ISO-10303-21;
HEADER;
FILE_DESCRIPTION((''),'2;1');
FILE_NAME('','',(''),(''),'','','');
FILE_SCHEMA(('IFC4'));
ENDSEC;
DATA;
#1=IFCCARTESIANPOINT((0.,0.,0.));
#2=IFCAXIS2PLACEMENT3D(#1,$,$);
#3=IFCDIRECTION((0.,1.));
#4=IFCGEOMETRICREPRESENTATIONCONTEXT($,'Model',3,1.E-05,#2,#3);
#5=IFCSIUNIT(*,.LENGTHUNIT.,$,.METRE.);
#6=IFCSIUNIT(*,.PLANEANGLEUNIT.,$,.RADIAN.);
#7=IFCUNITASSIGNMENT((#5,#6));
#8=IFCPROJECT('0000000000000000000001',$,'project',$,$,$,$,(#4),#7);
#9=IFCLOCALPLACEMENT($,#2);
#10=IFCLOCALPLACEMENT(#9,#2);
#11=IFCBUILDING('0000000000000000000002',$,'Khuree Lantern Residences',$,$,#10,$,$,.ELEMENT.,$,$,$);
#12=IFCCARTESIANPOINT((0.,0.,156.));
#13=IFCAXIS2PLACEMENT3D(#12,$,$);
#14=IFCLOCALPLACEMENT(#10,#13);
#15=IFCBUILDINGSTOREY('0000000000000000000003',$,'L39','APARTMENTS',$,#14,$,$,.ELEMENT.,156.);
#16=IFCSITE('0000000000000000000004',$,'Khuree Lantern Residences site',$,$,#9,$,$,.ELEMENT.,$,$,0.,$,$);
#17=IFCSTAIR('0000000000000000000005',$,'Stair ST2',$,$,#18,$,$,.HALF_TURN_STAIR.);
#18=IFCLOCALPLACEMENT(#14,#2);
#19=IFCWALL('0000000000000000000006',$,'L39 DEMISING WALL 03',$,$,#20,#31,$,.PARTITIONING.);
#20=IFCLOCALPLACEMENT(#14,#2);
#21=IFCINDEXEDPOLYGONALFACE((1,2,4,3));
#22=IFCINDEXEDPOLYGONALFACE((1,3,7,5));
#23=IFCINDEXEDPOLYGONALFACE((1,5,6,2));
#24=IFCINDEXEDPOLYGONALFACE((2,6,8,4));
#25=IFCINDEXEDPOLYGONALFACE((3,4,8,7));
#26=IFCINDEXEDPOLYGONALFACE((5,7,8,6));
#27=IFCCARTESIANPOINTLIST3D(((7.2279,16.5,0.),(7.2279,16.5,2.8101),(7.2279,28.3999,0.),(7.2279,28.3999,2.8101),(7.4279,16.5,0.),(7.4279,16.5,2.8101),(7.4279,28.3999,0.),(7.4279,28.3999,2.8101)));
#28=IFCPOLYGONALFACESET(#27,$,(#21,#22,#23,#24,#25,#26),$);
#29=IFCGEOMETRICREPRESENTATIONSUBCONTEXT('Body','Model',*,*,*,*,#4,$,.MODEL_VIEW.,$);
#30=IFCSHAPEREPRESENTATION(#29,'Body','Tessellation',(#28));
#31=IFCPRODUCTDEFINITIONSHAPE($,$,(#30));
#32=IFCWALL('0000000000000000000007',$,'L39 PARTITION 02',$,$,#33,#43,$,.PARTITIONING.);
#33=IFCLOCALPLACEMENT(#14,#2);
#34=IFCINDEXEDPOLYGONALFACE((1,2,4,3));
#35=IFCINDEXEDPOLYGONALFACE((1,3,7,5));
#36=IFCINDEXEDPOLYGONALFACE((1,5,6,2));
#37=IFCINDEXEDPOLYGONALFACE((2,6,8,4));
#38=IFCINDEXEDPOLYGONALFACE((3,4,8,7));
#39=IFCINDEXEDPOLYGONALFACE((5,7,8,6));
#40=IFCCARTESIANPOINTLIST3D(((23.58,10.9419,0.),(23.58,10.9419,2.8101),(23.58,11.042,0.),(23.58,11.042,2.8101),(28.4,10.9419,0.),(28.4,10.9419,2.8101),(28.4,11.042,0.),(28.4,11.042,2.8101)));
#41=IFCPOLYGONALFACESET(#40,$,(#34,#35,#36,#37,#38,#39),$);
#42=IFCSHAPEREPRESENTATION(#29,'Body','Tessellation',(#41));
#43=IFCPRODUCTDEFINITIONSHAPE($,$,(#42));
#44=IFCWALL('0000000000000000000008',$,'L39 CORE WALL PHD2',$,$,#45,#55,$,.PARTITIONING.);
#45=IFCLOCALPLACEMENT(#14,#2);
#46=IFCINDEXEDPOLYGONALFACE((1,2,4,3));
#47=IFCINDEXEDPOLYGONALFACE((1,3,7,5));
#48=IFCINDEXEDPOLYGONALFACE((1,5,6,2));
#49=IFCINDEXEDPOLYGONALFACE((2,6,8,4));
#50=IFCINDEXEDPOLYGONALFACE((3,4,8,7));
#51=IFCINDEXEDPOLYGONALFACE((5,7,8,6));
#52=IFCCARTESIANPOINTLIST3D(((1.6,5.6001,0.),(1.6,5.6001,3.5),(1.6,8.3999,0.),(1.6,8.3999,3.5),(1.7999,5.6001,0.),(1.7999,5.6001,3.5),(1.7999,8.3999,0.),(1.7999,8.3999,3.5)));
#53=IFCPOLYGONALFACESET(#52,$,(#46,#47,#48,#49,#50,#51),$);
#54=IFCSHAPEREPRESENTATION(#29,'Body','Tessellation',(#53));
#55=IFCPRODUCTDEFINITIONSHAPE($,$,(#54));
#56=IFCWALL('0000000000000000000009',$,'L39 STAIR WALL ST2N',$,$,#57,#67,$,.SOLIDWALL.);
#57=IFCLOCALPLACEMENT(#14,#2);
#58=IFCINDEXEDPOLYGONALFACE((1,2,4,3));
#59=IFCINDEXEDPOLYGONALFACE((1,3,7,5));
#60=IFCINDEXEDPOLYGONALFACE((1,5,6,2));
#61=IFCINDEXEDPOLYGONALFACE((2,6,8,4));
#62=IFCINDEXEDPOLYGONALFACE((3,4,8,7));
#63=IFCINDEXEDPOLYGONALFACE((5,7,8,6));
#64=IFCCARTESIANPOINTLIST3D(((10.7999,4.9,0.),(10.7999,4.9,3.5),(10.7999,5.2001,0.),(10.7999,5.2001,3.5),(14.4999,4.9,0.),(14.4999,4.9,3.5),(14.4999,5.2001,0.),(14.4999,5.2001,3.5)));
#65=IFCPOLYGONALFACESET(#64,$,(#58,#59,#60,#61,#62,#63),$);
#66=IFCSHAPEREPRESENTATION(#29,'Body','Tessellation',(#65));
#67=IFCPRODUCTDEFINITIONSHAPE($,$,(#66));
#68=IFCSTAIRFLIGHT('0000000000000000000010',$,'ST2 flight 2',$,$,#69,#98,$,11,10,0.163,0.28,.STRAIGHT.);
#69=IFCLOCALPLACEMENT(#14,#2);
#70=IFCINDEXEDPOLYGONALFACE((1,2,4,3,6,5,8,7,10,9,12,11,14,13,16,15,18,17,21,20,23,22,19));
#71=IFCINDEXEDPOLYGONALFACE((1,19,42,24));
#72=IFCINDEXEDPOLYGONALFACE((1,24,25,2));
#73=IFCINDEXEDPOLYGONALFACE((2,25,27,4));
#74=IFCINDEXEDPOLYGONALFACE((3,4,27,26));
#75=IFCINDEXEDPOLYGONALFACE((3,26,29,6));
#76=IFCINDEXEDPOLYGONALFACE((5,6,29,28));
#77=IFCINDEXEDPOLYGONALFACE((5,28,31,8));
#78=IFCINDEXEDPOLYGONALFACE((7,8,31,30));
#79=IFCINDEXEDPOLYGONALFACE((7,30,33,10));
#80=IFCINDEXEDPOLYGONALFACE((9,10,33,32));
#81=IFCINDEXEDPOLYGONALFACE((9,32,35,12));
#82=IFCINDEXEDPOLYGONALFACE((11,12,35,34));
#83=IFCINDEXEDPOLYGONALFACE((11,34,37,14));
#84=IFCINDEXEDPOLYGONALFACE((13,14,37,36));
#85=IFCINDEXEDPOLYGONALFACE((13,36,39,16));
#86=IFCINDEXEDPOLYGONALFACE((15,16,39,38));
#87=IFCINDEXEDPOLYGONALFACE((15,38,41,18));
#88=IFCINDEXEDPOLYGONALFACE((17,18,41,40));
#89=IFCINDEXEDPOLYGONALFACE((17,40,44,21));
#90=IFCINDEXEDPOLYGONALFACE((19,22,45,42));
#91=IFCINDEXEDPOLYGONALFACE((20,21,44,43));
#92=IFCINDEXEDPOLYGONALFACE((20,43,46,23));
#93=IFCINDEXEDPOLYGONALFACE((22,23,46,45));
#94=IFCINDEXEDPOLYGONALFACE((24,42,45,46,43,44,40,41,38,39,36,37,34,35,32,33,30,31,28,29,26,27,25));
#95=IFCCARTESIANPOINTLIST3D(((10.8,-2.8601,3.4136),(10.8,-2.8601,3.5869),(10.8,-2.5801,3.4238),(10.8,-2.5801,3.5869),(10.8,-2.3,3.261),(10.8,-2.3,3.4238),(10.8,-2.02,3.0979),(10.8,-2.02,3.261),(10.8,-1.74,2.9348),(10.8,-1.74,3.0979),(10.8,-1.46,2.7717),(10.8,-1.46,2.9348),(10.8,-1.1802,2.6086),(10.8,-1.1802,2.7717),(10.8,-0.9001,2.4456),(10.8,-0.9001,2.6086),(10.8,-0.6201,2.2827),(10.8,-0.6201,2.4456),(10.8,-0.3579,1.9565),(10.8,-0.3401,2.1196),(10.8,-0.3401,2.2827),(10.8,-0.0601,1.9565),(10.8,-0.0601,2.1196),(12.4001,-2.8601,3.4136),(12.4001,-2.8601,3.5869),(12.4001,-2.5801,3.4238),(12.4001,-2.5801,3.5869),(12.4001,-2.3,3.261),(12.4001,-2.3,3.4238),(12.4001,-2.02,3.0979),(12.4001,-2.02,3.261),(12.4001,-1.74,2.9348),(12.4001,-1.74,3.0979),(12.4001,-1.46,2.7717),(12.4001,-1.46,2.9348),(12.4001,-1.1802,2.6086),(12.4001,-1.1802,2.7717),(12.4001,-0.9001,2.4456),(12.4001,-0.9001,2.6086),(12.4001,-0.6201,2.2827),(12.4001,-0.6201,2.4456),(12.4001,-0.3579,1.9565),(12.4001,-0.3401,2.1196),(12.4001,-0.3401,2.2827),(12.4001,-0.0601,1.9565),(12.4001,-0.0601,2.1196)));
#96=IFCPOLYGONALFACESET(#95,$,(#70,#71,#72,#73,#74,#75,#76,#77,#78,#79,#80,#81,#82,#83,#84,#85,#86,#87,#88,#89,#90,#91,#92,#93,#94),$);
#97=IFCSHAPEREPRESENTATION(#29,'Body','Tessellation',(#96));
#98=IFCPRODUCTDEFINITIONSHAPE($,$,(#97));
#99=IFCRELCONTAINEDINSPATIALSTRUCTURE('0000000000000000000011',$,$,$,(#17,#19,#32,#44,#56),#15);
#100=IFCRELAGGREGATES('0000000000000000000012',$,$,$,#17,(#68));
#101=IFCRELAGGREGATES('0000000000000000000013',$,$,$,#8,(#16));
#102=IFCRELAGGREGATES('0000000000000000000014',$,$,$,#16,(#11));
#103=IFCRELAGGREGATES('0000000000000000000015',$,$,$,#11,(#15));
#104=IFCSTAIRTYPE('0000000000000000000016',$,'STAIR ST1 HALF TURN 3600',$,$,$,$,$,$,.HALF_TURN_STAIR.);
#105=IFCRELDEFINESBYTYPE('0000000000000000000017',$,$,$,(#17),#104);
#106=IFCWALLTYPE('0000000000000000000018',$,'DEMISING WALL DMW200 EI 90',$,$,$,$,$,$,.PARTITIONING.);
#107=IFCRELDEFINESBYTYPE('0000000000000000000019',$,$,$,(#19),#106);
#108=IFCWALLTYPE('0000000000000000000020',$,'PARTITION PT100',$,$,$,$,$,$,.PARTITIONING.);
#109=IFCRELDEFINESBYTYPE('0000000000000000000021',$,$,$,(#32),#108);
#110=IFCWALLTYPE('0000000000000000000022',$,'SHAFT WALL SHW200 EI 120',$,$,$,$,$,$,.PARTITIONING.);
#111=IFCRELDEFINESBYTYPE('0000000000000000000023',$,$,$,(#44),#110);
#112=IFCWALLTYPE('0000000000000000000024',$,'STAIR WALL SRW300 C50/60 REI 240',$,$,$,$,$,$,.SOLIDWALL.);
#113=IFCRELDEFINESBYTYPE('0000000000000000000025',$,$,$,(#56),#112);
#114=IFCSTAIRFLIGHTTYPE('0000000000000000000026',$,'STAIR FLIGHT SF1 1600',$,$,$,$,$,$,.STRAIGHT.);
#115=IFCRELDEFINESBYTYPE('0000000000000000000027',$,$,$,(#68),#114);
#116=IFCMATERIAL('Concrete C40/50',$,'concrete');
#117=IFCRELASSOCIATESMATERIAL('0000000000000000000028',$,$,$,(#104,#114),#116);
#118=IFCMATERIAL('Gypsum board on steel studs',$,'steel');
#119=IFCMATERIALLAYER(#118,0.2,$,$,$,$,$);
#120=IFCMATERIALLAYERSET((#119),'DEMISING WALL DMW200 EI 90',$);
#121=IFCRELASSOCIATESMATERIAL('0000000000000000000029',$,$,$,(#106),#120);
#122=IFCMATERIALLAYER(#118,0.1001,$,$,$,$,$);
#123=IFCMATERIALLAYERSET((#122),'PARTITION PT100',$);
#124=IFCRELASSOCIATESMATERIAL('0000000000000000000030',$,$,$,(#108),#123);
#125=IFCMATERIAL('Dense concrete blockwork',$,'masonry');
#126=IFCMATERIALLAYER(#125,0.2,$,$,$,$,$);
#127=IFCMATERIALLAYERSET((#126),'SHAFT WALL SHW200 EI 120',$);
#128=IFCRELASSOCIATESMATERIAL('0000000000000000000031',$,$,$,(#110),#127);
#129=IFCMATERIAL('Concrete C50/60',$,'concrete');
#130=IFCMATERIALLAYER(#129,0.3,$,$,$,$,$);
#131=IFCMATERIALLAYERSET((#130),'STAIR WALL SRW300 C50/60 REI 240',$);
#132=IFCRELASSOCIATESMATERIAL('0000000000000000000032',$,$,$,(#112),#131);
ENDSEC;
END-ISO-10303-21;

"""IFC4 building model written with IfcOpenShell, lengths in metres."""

from ifc_helpers import new_model, si_unit, direction, frame, frame_2d, origin, place, context, subcontext, project, spatial, polyline, rectangle, outline, extrude, material, layer, layer_set, type_object, element, aggregate, save


model = new_model("IFC4")

# Units and contexts
model_context = context("Model", 3, precision=1e-05, world=origin(), true_north=direction((0.0, 1.0)))
body_context = subcontext(model_context, "Body", "Model", "MODEL_VIEW")
ifc_project = project(units=[si_unit("LENGTHUNIT", "METRE"), si_unit("PLANEANGLEUNIT", "RADIAN")], contexts=[model_context])

# Site, building, storey
site_placement = place(None, origin())
site = spatial("IfcSite", under=ifc_project, at=site_placement, Name="Khuree Lantern Residences site", CompositionType="ELEMENT", RefElevation=0.0)
building_placement = place(site_placement, origin())
building = spatial("IfcBuilding", under=site, at=building_placement, Name="Khuree Lantern Residences", CompositionType="ELEMENT")
storey_placement = place(building_placement, frame((0.0, 0.0, 156.0)))
storey = spatial("IfcBuildingStorey", under=building, at=storey_placement, Name="L39", Description="APARTMENTS", CompositionType="ELEMENT", Elevation=156.0)

# Stair
ifc_material_1 = material(Name="Concrete C40/50", Category="concrete")
stair_type = type_object("IfcStairType", Name="STAIR ST1 HALF TURN 3600", PredefinedType="HALF_TURN_STAIR", material=ifc_material_1)
stair_1_placement = place(storey_placement, origin())
stair_1 = element("IfcStair", 1, at=stair_1_placement, inside=storey, type_object=stair_type, Name="Stair ST2", PredefinedType="HALF_TURN_STAIR")

# Shared definitions
ifc_material_2 = material(Name="Dense concrete blockwork", Category="masonry")

# Shared definitions
ifc_material_3 = material(Name="Gypsum board on steel studs", Category="steel")

# Walls
ifc_layer_1 = layer(ifc_material_3, 0.2)
ifc_layer_set_1 = layer_set([ifc_layer_1], Name="DEMISING WALL DMW200 EI 90")
wall_type_1 = type_object("IfcWallType", Name="DEMISING WALL DMW200 EI 90", PredefinedType="PARTITIONING", material=ifc_layer_set_1)
wall_1_placement = place(storey_placement, frame((7.3279, 16.5, 0.0), z_axis=(0.0, 0.0, 1.0), x_axis=(0.0, 1.0, 0.0)))
element("IfcWall", 2, at=wall_1_placement, inside=storey, type_object=wall_type_1, Name="L39 DEMISING WALL 03", PredefinedType="PARTITIONING", context=body_context, shape_type="SweptSolid", body=[
    extrude(rectangle(XDim=11.8999, YDim=0.2, at=frame_2d((5.95, 0.0))), origin(), (0.0, 0.0, 1.0), 2.8101),
])
ifc_layer_2 = layer(ifc_material_3, 0.1001)
ifc_layer_set_2 = layer_set([ifc_layer_2], Name="PARTITION PT100")
wall_type_2 = type_object("IfcWallType", Name="PARTITION PT100", PredefinedType="PARTITIONING", material=ifc_layer_set_2)
wall_2_placement = place(storey_placement, frame((23.5798, 10.9919, 0.0), z_axis=(0.0, 0.0, 1.0), x_axis=(1.0, 0.0, 0.0)))
element("IfcWall", 3, at=wall_2_placement, inside=storey, type_object=wall_type_2, Name="L39 PARTITION 02", PredefinedType="PARTITIONING", context=body_context, shape_type="SweptSolid", body=[
    extrude(rectangle(XDim=4.8201, YDim=0.1001, at=frame_2d((2.4102, 0.0))), origin(), (0.0, 0.0, 1.0), 2.8101),
])
ifc_layer_3 = layer(ifc_material_2, 0.2)
ifc_layer_set_3 = layer_set([ifc_layer_3], Name="SHAFT WALL SHW200 EI 120")
wall_type_3 = type_object("IfcWallType", Name="SHAFT WALL SHW200 EI 120", PredefinedType="PARTITIONING", material=ifc_layer_set_3)
wall_3_placement = place(storey_placement, frame((1.7, 5.6001, 0.0), z_axis=(0.0, 0.0, 1.0), x_axis=(0.0, 1.0, 0.0)))
element("IfcWall", 4, at=wall_3_placement, inside=storey, type_object=wall_type_3, Name="L39 CORE WALL PHD2", PredefinedType="PARTITIONING", context=body_context, shape_type="SweptSolid", body=[
    extrude(rectangle(XDim=2.7998, YDim=0.2, at=frame_2d((1.3999, 0.0))), origin(), (0.0, 0.0, 1.0), 3.5),
])
ifc_material_4 = material(Name="Concrete C50/60", Category="concrete")
ifc_layer_4 = layer(ifc_material_4, 0.3)
ifc_layer_set_4 = layer_set([ifc_layer_4], Name="STAIR WALL SRW300 C50/60 REI 240")
wall_type_4 = type_object("IfcWallType", Name="STAIR WALL SRW300 C50/60 REI 240", PredefinedType="SOLIDWALL", material=ifc_layer_set_4)
wall_4_placement = place(storey_placement, frame((14.5, 5.05, 0.0), z_axis=(0.0, 0.0, 1.0), x_axis=(-1.0, 0.0, 0.0)))
element("IfcWall", 5, at=wall_4_placement, inside=storey, type_object=wall_type_4, Name="L39 STAIR WALL ST2N", PredefinedType="SOLIDWALL", context=body_context, shape_type="SweptSolid", body=[
    extrude(rectangle(XDim=3.7, YDim=0.3, at=frame_2d((1.8501, 0.0))), origin(), (0.0, 0.0, 1.0), 3.5),
])

# Stair flight
stair_flight_type = type_object("IfcStairFlightType", Name="STAIR FLIGHT SF1 1600", PredefinedType="STRAIGHT", material=ifc_material_1)
stair_flight_placement = place(storey_placement, frame((11.6001, -0.0601, 1.9565), z_axis=(0.0, 0.0, 1.0), x_axis=(0.0, -1.0, 0.0)))
stair_flight = element("IfcStairFlight", 6, at=stair_flight_placement, type_object=stair_flight_type, Name="ST2 flight 2", NumberOfRisers=11, NumberOfTreads=10, PredefinedType="STRAIGHT", RiserHeight=0.163, TreadLength=0.28, context=body_context, shape_type="SweptSolid", body=[
    extrude(outline(polyline([(0.0, 0.0), (0.0, 0.1631), (0.28, 0.1631), (0.28, 0.3262), (0.5601, 0.3262), (0.5601, 0.489), (0.8401, 0.489), (0.8401, 0.6521), (1.1201, 0.6521), (1.1201, 0.8152), (1.3999, 0.8152), (1.3999, 0.9783), (1.6799, 0.9783), (1.6799, 1.1414), (1.96, 1.1414), (1.96, 1.3044), (2.24, 1.3044), (2.24, 1.4673), (2.52, 1.4673), (2.52, 1.6304), (2.8, 1.6304), (2.8, 1.7935), (2.8, 1.457), (0.2979, 0.0), (0.0, 0.0)])), frame((0.0, 0.8, 0.0), z_axis=(0.0, -1.0, 0.0), x_axis=(1.0, 0.0, 0.0)), (0.0, 0.0, 1.0), 1.6001),
])
aggregate(stair_1, [stair_flight])

save(model, "model.ifc")
